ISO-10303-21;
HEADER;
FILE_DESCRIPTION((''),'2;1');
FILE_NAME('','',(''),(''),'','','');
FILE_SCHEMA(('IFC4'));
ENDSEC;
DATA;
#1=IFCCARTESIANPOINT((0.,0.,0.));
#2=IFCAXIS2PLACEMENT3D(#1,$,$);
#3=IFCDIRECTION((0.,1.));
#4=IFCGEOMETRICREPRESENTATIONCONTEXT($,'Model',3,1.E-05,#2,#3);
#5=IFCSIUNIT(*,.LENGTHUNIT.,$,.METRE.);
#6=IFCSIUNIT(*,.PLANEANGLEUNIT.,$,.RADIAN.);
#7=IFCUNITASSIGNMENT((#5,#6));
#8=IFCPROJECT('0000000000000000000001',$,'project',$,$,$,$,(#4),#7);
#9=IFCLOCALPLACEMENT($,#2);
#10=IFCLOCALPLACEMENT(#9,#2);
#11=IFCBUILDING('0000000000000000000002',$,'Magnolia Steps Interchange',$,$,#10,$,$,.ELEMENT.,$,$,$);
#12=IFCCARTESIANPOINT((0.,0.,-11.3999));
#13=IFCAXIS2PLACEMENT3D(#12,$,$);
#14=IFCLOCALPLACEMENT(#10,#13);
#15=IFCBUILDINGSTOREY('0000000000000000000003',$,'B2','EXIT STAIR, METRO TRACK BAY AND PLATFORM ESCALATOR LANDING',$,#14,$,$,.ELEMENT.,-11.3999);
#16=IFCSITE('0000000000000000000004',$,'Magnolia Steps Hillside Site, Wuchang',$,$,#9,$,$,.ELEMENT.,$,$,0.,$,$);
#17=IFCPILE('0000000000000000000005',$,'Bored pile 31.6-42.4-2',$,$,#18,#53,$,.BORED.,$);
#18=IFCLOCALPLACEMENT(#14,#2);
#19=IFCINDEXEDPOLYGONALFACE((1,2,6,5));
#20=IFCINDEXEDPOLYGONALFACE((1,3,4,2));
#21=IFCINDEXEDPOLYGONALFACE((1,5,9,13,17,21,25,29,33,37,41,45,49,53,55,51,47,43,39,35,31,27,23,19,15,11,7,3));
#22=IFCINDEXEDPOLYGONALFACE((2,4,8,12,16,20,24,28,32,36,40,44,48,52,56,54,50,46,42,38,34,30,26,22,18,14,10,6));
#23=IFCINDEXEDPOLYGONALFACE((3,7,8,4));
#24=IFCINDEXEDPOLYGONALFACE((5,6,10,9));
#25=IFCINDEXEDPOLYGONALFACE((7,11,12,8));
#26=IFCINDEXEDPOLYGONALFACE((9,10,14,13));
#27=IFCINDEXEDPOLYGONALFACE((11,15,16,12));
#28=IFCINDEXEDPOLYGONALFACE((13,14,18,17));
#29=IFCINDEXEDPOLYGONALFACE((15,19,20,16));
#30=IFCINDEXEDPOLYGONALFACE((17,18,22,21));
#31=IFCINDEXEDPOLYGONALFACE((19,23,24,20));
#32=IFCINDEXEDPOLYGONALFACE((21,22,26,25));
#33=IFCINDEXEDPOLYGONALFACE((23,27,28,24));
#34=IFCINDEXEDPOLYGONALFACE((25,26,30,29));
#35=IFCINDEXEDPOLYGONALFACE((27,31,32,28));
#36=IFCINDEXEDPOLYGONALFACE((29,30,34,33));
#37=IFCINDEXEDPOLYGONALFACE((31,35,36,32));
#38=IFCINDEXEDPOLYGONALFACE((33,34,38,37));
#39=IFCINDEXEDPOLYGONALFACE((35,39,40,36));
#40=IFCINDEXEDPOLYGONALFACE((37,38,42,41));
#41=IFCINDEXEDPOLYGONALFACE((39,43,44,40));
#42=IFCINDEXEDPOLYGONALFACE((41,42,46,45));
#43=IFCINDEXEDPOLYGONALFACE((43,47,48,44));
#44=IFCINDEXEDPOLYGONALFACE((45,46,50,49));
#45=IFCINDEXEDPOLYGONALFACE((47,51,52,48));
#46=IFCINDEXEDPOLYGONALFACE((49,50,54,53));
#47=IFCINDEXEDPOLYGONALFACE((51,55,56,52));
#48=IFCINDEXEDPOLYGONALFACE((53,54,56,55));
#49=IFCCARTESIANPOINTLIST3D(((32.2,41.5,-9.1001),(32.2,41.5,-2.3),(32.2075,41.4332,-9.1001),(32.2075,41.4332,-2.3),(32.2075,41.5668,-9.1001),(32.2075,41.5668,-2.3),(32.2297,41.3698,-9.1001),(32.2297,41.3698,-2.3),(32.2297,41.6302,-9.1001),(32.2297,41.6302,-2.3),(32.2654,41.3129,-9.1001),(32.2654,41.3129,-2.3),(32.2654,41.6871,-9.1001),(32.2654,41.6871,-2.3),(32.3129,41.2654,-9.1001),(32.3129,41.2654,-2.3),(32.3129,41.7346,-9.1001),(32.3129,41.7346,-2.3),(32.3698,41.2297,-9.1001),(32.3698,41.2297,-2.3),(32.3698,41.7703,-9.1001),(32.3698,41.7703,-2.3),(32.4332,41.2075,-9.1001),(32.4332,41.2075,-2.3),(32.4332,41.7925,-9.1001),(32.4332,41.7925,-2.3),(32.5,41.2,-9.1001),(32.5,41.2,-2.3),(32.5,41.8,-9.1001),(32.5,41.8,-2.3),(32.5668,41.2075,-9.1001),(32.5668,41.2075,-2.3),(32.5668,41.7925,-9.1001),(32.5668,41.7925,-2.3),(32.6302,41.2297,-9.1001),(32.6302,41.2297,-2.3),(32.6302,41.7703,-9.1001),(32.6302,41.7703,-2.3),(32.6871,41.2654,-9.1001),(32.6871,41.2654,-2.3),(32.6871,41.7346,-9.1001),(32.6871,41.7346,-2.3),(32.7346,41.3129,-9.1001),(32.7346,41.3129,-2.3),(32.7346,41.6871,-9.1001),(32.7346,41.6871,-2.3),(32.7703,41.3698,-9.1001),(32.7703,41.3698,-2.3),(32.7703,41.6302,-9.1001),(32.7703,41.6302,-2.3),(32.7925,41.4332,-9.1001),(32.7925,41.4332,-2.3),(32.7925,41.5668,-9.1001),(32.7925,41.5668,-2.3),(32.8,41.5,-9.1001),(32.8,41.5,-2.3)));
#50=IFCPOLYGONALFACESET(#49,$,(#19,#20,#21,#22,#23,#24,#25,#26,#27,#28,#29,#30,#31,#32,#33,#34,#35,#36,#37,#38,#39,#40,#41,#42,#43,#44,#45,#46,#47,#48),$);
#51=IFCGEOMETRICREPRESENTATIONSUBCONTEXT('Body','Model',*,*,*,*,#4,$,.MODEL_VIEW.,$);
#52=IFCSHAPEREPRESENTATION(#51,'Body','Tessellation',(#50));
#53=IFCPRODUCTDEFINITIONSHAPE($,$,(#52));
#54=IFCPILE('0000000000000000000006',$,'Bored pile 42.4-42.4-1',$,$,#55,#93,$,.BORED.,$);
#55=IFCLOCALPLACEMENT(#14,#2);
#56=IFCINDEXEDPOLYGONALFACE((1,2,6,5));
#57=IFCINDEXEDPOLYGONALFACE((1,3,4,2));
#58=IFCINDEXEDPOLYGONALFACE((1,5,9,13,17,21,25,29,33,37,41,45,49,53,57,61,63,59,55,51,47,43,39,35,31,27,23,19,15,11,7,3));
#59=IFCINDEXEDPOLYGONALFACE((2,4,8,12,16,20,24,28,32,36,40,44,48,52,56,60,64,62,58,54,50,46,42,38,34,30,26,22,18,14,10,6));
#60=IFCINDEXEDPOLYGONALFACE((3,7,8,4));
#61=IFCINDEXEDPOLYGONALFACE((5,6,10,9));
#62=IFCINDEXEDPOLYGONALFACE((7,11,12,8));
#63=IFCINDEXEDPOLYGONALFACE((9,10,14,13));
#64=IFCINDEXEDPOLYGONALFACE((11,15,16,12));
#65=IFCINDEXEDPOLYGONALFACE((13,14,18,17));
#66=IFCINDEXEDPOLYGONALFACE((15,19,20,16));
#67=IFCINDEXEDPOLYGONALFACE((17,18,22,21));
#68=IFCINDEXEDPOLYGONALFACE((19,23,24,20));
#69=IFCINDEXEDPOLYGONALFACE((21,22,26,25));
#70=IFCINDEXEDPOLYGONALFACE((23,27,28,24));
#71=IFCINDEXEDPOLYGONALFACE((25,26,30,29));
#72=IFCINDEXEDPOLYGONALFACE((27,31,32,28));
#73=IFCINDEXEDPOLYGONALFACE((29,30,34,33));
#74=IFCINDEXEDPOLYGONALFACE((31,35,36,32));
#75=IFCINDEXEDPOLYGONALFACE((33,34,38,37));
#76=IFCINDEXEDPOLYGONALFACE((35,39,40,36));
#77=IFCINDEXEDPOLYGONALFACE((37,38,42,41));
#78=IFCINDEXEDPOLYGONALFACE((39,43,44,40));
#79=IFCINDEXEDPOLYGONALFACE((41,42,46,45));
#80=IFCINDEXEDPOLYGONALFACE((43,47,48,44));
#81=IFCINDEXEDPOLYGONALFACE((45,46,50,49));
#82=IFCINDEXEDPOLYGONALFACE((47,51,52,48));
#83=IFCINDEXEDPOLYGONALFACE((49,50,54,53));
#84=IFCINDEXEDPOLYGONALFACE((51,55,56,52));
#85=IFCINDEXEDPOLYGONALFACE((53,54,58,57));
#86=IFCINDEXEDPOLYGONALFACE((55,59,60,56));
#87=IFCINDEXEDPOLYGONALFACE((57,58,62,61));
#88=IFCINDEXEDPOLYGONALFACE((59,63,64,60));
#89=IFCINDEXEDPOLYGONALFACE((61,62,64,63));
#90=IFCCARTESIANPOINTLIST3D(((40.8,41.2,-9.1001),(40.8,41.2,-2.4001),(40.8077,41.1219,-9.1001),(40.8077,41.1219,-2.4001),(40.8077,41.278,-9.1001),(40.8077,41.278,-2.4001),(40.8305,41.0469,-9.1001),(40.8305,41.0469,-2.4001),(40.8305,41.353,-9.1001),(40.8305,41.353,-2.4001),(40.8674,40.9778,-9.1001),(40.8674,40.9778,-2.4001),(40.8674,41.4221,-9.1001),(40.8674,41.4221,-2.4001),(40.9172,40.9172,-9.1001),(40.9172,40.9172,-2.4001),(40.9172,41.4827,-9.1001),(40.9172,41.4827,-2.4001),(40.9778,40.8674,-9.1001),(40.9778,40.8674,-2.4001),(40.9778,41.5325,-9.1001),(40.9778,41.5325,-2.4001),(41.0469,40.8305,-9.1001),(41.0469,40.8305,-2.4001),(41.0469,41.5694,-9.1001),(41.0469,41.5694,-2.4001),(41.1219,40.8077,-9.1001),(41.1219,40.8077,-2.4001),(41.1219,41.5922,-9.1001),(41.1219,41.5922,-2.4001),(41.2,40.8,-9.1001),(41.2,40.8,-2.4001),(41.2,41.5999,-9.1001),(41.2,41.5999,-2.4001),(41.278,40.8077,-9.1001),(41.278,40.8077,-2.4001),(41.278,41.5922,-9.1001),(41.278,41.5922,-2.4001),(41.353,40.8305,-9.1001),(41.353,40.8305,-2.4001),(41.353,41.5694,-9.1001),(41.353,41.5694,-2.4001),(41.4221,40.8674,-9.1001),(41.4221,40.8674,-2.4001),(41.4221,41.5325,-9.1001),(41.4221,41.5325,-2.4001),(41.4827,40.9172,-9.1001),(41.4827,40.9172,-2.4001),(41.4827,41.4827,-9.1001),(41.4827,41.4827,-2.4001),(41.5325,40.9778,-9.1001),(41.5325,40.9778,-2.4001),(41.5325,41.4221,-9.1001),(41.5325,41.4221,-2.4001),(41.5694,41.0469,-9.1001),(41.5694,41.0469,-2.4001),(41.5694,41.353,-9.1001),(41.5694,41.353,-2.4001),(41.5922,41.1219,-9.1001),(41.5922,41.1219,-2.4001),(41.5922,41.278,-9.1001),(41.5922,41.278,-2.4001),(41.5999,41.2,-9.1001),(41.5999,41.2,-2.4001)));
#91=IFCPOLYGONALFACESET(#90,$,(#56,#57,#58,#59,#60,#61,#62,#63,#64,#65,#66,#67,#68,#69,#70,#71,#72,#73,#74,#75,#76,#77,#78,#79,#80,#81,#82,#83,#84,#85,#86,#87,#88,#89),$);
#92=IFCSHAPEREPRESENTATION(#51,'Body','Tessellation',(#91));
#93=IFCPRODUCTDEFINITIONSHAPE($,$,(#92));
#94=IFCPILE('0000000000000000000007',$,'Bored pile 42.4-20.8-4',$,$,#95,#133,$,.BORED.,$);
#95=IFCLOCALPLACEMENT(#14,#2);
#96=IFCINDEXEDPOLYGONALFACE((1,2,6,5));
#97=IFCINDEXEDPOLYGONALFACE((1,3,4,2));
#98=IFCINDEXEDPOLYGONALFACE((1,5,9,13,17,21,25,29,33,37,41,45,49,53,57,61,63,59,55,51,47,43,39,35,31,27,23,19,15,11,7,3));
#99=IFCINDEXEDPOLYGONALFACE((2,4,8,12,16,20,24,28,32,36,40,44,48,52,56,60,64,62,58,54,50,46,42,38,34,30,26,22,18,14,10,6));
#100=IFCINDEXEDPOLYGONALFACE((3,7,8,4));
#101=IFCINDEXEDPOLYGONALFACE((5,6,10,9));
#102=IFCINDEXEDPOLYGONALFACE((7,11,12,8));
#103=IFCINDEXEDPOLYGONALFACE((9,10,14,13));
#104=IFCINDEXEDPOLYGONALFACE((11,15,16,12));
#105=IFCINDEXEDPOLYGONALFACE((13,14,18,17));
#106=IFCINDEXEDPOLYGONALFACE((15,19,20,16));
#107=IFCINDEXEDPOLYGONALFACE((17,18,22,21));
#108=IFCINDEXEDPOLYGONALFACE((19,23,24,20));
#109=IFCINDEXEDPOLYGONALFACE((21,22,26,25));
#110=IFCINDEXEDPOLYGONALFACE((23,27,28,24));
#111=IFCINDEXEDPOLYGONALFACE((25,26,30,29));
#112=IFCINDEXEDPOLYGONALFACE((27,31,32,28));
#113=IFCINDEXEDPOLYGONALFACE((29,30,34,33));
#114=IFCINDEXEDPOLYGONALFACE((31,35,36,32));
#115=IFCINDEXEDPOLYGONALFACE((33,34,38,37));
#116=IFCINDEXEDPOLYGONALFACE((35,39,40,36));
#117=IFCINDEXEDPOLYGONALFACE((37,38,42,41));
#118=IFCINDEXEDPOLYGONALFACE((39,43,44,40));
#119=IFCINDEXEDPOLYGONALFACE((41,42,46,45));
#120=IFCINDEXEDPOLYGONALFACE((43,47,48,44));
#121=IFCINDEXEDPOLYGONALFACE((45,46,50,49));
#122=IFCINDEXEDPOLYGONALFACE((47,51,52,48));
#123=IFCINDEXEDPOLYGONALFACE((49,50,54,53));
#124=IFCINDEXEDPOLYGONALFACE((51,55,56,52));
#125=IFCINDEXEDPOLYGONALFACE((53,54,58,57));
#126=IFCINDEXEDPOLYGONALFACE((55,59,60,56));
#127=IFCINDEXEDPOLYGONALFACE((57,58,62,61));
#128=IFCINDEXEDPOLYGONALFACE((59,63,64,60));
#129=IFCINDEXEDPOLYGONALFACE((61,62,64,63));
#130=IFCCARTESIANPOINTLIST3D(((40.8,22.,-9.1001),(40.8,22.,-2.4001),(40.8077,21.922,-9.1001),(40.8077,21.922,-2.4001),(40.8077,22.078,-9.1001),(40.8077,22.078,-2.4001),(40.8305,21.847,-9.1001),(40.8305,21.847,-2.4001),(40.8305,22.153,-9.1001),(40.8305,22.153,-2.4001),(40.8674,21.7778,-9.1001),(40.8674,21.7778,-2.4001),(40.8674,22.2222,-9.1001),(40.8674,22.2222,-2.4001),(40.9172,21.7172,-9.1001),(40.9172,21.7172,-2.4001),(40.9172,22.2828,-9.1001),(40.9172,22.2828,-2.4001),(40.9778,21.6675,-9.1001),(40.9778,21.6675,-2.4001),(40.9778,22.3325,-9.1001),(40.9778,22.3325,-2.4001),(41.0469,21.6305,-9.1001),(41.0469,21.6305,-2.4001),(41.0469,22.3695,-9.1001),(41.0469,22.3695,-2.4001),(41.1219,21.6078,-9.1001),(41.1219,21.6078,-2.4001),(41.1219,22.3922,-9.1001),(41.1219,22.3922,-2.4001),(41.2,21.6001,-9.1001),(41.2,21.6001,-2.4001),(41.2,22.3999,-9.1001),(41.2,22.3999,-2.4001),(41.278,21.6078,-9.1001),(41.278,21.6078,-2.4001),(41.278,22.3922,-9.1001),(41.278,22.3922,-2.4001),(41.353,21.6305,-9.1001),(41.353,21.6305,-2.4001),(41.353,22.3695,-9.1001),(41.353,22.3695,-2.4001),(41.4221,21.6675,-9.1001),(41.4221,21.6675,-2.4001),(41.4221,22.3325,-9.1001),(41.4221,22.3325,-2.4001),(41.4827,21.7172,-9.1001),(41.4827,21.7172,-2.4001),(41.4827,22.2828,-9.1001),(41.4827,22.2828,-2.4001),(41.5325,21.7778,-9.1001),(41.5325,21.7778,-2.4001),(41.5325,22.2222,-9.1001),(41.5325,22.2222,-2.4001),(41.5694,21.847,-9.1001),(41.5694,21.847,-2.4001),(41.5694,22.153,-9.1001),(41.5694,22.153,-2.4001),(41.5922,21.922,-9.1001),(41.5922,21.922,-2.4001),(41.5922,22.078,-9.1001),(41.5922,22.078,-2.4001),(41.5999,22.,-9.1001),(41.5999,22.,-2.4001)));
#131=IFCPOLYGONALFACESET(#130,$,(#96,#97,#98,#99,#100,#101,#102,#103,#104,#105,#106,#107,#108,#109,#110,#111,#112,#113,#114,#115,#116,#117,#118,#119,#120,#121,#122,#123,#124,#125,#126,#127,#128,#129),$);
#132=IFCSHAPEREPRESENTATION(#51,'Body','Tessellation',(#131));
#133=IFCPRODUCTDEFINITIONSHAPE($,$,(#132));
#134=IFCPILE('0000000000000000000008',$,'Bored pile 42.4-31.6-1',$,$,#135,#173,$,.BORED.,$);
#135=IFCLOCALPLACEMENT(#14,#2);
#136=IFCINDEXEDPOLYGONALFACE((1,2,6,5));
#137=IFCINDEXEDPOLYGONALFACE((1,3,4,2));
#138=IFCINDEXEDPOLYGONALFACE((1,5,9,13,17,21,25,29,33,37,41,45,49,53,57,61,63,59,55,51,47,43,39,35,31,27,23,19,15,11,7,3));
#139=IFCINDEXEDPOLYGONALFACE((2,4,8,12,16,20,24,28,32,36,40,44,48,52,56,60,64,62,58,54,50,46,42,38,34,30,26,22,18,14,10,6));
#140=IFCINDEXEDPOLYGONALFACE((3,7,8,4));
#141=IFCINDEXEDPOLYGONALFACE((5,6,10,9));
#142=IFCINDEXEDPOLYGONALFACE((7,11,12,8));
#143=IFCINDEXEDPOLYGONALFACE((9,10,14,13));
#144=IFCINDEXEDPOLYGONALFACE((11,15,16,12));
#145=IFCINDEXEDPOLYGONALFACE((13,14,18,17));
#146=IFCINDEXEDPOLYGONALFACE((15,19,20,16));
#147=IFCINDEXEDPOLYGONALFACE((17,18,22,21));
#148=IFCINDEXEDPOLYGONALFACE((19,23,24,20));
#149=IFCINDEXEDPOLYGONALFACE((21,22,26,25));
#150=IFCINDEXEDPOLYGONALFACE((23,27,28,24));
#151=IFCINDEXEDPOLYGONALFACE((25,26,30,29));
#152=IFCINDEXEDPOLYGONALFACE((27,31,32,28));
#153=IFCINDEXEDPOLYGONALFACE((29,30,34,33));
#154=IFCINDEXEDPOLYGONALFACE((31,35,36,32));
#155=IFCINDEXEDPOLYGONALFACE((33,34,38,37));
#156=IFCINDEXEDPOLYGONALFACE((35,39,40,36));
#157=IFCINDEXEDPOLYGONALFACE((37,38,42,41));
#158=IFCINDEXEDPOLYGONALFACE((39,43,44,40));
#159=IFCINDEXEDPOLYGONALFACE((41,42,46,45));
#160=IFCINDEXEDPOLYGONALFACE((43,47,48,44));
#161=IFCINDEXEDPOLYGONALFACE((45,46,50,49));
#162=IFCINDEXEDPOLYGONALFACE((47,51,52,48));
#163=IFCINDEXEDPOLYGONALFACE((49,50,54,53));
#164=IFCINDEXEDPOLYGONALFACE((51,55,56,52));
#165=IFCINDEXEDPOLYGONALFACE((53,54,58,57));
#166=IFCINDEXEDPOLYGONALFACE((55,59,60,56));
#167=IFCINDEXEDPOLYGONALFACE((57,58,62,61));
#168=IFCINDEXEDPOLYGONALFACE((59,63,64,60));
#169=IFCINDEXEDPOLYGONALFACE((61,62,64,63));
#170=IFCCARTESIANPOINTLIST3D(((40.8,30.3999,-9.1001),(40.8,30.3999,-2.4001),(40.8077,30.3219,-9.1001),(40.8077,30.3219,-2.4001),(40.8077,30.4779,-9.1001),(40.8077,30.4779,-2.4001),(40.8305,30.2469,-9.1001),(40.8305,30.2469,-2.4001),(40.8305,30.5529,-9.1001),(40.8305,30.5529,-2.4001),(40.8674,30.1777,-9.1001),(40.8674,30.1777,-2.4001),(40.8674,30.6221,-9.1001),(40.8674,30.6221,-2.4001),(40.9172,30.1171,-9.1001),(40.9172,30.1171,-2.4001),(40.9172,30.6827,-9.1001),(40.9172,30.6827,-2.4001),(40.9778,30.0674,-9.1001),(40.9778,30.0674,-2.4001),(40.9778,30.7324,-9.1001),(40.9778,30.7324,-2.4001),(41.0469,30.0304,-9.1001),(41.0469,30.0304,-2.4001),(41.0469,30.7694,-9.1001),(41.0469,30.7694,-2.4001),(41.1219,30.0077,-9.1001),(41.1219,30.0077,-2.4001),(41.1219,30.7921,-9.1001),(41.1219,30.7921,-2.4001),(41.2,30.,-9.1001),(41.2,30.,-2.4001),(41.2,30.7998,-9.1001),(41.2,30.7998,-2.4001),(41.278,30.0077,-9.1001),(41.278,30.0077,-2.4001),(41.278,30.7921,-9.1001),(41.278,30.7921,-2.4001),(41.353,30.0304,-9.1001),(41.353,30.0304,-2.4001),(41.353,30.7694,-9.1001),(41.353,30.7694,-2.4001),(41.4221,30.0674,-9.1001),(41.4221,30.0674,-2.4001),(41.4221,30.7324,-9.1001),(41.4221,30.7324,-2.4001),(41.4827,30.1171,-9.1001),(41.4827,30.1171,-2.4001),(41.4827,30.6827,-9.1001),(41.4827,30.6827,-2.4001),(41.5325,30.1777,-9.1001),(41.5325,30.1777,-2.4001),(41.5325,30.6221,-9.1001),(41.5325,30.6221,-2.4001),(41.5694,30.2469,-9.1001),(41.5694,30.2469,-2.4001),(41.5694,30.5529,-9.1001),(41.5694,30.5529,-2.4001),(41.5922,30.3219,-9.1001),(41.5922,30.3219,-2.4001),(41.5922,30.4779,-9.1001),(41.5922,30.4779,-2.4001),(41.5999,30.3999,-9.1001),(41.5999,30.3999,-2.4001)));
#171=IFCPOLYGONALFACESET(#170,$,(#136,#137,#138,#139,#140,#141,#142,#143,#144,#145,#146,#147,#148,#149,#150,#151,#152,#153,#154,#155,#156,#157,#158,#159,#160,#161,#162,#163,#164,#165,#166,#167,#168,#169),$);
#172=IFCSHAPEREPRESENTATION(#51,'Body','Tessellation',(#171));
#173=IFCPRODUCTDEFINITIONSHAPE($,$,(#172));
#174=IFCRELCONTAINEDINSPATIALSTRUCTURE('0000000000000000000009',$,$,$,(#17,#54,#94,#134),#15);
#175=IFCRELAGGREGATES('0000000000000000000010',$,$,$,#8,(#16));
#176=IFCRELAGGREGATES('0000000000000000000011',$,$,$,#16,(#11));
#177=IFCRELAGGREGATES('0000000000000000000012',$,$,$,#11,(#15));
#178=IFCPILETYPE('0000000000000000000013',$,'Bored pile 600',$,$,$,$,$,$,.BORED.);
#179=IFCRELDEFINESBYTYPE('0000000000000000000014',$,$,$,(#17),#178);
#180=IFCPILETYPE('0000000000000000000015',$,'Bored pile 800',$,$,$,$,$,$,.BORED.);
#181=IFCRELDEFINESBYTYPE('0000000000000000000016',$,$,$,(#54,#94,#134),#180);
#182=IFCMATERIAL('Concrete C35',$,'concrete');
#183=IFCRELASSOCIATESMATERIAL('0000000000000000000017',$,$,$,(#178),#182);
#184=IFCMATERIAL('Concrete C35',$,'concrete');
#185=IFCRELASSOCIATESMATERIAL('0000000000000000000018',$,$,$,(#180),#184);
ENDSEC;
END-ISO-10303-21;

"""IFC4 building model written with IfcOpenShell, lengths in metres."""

from ifc_helpers import new_model, si_unit, direction, frame, origin, origin_2d, place, context, subcontext, project, spatial, circle, extrude, material, material_profile, profile_set, type_object, element, save


model = new_model("IFC4")

# Units and contexts
model_context = context("Model", 3, precision=1e-05, world=origin(), true_north=direction((0.0, 1.0)))
body_context = subcontext(model_context, "Body", "Model", "MODEL_VIEW")
ifc_project = project(units=[si_unit("LENGTHUNIT", "METRE"), si_unit("PLANEANGLEUNIT", "RADIAN")], contexts=[model_context])

# Site, building, storey
site_placement = place(None, origin())
site = spatial("IfcSite", under=ifc_project, at=site_placement, Name="Magnolia Steps Hillside Site, Wuchang", CompositionType="ELEMENT", RefElevation=0.0)
building_placement = place(site_placement, origin())
building = spatial("IfcBuilding", under=site, at=building_placement, Name="Magnolia Steps Interchange", CompositionType="ELEMENT")
storey_placement = place(building_placement, frame((0.0, 0.0, -11.3999)))
storey = spatial("IfcBuildingStorey", under=building, at=storey_placement, Name="B2", Description="EXIT STAIR, METRO TRACK BAY AND PLATFORM ESCALATOR LANDING", CompositionType="ELEMENT", Elevation=-11.3999)

# Piles
ifc_material_1 = material(Name="Concrete C35", Category="concrete")
ifc_material_profile_1 = material_profile(ifc_material_1, circle(Radius=0.3, at=origin_2d()), Name="Bored pile 600")
ifc_profile_set_1 = profile_set([ifc_material_profile_1], Name="Concrete C35")
pile_type_1 = type_object("IfcPileType", Name="Bored pile 600", PredefinedType="BORED", material=ifc_profile_set_1)
for number, where, z_axis, x_axis, name in (
    (1, (32.5, 41.5, -2.3), (0.0, 0.0, -1.0), (1.0, 0.0, 0.0), "Bored pile 31.6-42.4-2"),
):
    element("IfcPile", number, at=place(storey_placement, frame(where, z_axis=z_axis, x_axis=x_axis)), inside=storey, type_object=pile_type_1, Name=name, PredefinedType="BORED", context=body_context, shape_type="SweptSolid", body=[
        extrude(circle(Radius=0.3, at=origin_2d()), origin(), (0.0, 0.0, 1.0), 6.8),
    ])
ifc_material_2 = material(Name="Concrete C35", Category="concrete")
ifc_material_profile_2 = material_profile(ifc_material_2, circle(Radius=0.3999, at=origin_2d()), Name="Bored pile 800")
ifc_profile_set_2 = profile_set([ifc_material_profile_2], Name="Concrete C35")
pile_type_2 = type_object("IfcPileType", Name="Bored pile 800", PredefinedType="BORED", material=ifc_profile_set_2)
for number, where, z_axis, x_axis, name in (
    (2, (41.2, 41.2, -2.4001), (0.0, 0.0, -1.0), (1.0, 0.0, 0.0), "Bored pile 42.4-42.4-1"),
    (3, (41.2, 22.0, -2.4001), (0.0, 0.0, -1.0), (1.0, 0.0, 0.0), "Bored pile 42.4-20.8-4"),
    (4, (41.2, 30.3999, -2.4001), (0.0, 0.0, -1.0), (1.0, 0.0, 0.0), "Bored pile 42.4-31.6-1"),
):
    element("IfcPile", number, at=place(storey_placement, frame(where, z_axis=z_axis, x_axis=x_axis)), inside=storey, type_object=pile_type_2, Name=name, PredefinedType="BORED", context=body_context, shape_type="SweptSolid", body=[
        extrude(circle(Radius=0.3999, at=origin_2d()), origin(), (0.0, 0.0, 1.0), 6.7),
    ])

save(model, "model.ifc")
